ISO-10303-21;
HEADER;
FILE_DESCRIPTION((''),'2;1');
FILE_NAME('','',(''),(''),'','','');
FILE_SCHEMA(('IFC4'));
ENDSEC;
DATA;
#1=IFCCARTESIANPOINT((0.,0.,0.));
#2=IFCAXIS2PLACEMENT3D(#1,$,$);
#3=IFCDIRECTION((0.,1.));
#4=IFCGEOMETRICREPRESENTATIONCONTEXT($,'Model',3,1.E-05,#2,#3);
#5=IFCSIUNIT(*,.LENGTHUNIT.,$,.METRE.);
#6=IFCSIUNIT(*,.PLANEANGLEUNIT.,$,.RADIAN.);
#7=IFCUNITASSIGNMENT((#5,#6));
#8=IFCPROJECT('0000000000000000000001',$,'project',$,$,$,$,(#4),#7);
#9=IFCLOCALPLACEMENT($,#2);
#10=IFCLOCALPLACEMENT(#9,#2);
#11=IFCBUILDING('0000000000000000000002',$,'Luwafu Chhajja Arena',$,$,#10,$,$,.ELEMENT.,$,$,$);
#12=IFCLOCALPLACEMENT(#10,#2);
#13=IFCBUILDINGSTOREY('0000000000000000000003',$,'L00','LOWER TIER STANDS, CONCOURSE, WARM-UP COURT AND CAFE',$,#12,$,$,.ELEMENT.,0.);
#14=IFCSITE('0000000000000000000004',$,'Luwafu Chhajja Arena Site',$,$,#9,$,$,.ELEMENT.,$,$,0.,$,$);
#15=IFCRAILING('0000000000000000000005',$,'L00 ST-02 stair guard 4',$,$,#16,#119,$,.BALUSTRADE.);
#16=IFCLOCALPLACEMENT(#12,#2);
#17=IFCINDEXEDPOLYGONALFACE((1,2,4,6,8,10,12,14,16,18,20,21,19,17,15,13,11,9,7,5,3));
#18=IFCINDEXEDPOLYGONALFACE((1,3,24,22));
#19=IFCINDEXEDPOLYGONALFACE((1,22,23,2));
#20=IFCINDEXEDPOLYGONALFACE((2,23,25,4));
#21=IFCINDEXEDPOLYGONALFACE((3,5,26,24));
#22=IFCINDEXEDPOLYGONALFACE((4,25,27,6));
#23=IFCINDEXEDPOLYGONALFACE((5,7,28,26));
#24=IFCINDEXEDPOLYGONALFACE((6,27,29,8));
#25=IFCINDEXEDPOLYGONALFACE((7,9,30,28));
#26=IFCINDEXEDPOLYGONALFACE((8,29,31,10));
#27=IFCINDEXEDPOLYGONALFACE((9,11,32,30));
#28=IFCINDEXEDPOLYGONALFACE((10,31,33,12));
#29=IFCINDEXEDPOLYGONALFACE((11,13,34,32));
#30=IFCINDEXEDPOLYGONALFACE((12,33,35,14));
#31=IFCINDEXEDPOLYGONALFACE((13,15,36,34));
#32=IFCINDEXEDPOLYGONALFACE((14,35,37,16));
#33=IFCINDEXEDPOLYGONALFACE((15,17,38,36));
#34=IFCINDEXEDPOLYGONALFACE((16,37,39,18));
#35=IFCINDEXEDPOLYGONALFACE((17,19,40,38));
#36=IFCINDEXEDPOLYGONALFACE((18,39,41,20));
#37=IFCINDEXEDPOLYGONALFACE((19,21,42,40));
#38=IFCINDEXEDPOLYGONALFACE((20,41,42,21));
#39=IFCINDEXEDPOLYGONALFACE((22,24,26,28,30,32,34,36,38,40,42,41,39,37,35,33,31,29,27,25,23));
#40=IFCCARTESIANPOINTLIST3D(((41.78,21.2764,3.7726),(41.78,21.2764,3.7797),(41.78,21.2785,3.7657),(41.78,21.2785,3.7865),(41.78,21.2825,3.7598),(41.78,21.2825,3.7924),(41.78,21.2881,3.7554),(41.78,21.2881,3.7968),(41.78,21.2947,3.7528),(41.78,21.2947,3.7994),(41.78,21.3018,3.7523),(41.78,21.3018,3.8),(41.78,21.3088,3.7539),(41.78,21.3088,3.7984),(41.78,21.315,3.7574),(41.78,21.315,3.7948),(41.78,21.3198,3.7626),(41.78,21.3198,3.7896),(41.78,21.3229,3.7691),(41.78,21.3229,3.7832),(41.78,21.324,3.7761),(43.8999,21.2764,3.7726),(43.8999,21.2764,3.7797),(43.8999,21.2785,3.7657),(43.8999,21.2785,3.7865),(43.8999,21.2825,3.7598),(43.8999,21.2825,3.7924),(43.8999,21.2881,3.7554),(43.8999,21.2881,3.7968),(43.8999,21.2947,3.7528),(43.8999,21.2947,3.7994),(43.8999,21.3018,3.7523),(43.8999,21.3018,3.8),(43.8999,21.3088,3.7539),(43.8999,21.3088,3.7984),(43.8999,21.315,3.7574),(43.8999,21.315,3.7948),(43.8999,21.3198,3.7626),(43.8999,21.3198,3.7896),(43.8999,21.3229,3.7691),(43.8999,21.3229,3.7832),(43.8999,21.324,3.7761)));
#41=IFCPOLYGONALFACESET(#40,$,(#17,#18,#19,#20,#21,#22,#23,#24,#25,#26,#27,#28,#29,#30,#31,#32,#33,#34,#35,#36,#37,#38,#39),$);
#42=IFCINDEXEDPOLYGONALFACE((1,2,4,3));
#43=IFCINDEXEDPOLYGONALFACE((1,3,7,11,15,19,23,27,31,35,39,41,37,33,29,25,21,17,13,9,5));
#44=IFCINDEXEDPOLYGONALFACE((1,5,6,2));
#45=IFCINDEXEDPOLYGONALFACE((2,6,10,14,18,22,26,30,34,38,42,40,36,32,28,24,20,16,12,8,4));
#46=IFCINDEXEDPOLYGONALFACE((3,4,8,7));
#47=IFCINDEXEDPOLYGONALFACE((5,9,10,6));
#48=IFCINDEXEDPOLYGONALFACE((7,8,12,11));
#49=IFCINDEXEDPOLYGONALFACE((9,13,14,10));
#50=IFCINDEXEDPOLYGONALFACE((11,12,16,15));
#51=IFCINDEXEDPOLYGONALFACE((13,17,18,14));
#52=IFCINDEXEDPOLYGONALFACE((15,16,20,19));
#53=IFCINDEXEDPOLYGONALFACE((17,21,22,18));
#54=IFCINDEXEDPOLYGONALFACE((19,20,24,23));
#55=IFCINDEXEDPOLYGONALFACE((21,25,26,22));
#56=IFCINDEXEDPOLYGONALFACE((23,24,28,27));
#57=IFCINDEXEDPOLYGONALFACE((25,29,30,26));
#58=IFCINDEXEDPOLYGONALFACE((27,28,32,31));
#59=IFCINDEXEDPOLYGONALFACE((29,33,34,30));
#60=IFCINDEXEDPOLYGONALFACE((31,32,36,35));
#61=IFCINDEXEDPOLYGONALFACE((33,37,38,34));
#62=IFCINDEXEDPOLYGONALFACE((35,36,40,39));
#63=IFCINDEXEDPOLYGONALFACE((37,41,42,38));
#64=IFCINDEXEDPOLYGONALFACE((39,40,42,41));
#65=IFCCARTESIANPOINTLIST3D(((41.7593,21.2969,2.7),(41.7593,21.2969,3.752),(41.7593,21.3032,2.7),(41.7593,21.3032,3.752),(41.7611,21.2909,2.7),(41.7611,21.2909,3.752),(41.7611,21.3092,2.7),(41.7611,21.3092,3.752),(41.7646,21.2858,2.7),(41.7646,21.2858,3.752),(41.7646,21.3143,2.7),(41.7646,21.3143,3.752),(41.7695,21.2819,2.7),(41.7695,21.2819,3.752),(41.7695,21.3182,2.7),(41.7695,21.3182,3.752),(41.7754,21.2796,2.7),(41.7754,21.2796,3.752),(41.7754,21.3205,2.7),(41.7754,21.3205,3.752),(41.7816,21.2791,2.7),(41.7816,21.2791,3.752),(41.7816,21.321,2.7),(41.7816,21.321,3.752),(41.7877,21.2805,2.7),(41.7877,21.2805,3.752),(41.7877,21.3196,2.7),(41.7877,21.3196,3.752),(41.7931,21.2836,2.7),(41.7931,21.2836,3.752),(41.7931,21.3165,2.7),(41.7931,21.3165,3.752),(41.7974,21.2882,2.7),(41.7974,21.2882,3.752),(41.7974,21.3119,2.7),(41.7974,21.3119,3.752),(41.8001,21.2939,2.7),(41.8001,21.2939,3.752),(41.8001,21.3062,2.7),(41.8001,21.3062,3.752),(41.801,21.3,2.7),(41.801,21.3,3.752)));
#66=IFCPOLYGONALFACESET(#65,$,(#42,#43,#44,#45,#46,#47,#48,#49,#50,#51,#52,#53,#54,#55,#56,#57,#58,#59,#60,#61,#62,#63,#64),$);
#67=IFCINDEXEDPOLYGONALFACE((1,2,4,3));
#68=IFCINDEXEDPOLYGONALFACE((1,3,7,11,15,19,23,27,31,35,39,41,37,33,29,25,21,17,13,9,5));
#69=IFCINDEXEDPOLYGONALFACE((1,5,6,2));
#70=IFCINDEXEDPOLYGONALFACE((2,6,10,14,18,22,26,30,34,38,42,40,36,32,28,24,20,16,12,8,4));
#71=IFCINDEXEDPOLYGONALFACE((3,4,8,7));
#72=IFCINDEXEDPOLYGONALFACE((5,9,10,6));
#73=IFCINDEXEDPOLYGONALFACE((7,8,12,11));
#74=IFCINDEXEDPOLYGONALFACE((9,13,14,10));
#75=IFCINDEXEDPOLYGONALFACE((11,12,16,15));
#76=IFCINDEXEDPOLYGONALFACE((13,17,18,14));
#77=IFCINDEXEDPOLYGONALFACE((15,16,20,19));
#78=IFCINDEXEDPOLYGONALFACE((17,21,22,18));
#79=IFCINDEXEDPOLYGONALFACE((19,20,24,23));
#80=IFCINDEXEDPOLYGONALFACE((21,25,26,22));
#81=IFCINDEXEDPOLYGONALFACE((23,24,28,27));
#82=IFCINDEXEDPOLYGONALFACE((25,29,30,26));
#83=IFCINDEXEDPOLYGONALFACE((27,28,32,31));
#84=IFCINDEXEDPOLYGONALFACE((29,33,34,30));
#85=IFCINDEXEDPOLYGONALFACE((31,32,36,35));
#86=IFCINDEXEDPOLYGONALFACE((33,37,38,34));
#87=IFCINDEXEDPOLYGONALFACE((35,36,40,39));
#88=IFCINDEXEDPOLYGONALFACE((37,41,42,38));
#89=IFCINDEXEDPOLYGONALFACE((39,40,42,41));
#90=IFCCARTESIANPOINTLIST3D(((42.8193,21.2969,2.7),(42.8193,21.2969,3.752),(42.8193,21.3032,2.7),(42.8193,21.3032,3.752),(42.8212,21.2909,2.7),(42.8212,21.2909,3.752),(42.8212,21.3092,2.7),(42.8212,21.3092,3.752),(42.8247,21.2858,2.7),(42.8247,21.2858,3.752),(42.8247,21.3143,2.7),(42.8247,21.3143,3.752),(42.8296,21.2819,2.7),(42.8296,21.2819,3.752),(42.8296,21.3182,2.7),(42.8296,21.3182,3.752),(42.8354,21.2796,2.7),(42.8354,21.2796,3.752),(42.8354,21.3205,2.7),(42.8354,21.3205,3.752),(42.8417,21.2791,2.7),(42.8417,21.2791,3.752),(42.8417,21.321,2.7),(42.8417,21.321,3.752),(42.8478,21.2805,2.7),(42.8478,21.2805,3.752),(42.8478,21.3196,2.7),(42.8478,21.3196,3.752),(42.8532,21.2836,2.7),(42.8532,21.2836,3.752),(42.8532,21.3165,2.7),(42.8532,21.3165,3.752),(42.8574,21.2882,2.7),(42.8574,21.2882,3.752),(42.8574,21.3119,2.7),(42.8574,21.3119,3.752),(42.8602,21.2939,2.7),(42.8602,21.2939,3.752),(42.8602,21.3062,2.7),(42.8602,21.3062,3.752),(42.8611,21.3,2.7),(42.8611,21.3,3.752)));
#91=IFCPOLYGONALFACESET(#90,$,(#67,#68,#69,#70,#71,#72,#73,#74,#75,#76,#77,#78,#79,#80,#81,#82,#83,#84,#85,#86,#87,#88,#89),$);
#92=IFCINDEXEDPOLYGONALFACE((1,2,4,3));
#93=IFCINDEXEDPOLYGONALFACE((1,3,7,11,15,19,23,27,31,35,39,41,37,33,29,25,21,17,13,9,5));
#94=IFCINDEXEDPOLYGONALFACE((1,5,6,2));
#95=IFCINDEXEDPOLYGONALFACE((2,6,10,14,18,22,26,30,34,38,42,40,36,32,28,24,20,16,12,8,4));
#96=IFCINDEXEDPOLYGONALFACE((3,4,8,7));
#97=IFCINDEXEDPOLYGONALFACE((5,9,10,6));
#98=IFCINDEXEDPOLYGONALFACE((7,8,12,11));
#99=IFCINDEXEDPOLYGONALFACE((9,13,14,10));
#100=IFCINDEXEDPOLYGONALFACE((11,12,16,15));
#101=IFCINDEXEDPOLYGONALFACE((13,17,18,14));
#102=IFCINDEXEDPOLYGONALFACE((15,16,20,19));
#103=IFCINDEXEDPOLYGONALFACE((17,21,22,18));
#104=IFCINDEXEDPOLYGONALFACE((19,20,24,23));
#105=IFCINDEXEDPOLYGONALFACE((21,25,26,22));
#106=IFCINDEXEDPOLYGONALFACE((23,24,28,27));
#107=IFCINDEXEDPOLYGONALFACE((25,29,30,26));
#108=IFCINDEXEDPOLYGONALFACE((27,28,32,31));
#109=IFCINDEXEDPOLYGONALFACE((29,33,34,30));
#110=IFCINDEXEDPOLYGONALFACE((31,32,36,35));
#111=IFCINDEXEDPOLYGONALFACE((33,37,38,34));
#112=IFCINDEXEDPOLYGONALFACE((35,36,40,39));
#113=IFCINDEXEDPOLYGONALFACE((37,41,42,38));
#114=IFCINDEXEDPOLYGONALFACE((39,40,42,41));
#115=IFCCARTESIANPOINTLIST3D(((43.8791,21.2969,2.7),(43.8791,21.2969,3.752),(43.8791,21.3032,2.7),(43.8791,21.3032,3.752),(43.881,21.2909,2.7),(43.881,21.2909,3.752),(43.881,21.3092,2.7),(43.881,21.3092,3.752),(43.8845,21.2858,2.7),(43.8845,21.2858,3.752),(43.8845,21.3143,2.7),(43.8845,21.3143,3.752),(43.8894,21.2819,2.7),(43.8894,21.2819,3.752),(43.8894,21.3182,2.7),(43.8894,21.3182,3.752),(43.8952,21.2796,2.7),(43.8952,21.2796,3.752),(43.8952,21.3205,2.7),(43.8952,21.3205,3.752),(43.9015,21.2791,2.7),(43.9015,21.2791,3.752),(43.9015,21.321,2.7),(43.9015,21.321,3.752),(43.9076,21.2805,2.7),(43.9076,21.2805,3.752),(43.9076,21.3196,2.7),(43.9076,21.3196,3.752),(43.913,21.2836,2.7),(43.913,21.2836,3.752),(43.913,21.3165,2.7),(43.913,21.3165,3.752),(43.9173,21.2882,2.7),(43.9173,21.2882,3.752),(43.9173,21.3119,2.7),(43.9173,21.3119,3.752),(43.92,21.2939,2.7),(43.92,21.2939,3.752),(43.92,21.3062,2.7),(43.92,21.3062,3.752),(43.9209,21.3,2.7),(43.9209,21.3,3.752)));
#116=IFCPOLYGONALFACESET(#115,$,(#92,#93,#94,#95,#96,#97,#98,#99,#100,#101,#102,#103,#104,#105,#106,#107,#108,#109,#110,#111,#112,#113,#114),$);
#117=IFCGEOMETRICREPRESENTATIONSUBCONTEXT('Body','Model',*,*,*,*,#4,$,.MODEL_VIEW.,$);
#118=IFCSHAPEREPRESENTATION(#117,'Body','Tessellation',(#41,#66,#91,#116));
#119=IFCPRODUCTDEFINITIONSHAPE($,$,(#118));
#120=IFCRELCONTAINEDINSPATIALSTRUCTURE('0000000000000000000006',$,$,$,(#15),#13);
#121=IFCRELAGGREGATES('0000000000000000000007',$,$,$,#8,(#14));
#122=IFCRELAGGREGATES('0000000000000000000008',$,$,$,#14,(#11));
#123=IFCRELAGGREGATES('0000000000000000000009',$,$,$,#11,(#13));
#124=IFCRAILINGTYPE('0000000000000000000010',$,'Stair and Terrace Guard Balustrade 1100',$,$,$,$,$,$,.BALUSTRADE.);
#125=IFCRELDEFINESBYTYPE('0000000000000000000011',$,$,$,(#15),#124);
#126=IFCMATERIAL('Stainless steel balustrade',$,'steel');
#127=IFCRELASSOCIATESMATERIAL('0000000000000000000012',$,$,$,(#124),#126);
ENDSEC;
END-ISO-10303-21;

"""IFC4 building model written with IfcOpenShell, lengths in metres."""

from ifc_helpers import new_model, si_unit, direction, frame, origin, origin_2d, place, context, subcontext, project, spatial, circle, extrude, material, type_object, element, save


model = new_model("IFC4")

# Units and contexts
model_context = context("Model", 3, precision=1e-05, world=origin(), true_north=direction((0.0, 1.0)))
body_context = subcontext(model_context, "Body", "Model", "MODEL_VIEW")
ifc_project = project(units=[si_unit("LENGTHUNIT", "METRE"), si_unit("PLANEANGLEUNIT", "RADIAN")], contexts=[model_context])

# Site, building, storey
site_placement = place(None, origin())
site = spatial("IfcSite", under=ifc_project, at=site_placement, Name="Luwafu Chhajja Arena Site", CompositionType="ELEMENT", RefElevation=0.0)
building_placement = place(site_placement, origin())
building = spatial("IfcBuilding", under=site, at=building_placement, Name="Luwafu Chhajja Arena", CompositionType="ELEMENT")
storey_placement = place(building_placement, origin())
storey = spatial("IfcBuildingStorey", under=building, at=storey_placement, Name="L00", Description="LOWER TIER STANDS, CONCOURSE, WARM-UP COURT AND CAFE", CompositionType="ELEMENT", Elevation=0.0)

# Railing
ifc_material_1 = material(Name="Stainless steel balustrade", Category="steel")
railing_type_1 = type_object("IfcRailingType", Name="Stair and Terrace Guard Balustrade 1100", PredefinedType="BALUSTRADE", material=ifc_material_1)
for number, where, name in (
    (1, (41.78, 21.3, 2.7), "L00 ST-02 stair guard 4"),
):
    element("IfcRailing", number, at=place(storey_placement, frame(where)), inside=storey, type_object=railing_type_1, Name=name, PredefinedType="BALUSTRADE", context=body_context, shape_type="SweptSolid", body=[
        extrude(circle(Radius=0.0239, at=origin_2d()), frame((0.0, 0.0, 1.0762), z_axis=(1.0, 0.0, 0.0), x_axis=(0.0, 1.0, 0.0)), (0.0, 0.0, 1.0), 2.1199),
        extrude(circle(Radius=0.021, at=origin_2d()), origin(), (0.0, 0.0, 1.0), 1.052),
        extrude(circle(Radius=0.021, at=origin_2d()), frame((1.0601, 0.0, 0.0)), (0.0, 0.0, 1.0), 1.052),
        extrude(circle(Radius=0.021, at=origin_2d()), frame((2.1199, 0.0, 0.0)), (0.0, 0.0, 1.0), 1.052),
    ])

save(model, "model.ifc")
